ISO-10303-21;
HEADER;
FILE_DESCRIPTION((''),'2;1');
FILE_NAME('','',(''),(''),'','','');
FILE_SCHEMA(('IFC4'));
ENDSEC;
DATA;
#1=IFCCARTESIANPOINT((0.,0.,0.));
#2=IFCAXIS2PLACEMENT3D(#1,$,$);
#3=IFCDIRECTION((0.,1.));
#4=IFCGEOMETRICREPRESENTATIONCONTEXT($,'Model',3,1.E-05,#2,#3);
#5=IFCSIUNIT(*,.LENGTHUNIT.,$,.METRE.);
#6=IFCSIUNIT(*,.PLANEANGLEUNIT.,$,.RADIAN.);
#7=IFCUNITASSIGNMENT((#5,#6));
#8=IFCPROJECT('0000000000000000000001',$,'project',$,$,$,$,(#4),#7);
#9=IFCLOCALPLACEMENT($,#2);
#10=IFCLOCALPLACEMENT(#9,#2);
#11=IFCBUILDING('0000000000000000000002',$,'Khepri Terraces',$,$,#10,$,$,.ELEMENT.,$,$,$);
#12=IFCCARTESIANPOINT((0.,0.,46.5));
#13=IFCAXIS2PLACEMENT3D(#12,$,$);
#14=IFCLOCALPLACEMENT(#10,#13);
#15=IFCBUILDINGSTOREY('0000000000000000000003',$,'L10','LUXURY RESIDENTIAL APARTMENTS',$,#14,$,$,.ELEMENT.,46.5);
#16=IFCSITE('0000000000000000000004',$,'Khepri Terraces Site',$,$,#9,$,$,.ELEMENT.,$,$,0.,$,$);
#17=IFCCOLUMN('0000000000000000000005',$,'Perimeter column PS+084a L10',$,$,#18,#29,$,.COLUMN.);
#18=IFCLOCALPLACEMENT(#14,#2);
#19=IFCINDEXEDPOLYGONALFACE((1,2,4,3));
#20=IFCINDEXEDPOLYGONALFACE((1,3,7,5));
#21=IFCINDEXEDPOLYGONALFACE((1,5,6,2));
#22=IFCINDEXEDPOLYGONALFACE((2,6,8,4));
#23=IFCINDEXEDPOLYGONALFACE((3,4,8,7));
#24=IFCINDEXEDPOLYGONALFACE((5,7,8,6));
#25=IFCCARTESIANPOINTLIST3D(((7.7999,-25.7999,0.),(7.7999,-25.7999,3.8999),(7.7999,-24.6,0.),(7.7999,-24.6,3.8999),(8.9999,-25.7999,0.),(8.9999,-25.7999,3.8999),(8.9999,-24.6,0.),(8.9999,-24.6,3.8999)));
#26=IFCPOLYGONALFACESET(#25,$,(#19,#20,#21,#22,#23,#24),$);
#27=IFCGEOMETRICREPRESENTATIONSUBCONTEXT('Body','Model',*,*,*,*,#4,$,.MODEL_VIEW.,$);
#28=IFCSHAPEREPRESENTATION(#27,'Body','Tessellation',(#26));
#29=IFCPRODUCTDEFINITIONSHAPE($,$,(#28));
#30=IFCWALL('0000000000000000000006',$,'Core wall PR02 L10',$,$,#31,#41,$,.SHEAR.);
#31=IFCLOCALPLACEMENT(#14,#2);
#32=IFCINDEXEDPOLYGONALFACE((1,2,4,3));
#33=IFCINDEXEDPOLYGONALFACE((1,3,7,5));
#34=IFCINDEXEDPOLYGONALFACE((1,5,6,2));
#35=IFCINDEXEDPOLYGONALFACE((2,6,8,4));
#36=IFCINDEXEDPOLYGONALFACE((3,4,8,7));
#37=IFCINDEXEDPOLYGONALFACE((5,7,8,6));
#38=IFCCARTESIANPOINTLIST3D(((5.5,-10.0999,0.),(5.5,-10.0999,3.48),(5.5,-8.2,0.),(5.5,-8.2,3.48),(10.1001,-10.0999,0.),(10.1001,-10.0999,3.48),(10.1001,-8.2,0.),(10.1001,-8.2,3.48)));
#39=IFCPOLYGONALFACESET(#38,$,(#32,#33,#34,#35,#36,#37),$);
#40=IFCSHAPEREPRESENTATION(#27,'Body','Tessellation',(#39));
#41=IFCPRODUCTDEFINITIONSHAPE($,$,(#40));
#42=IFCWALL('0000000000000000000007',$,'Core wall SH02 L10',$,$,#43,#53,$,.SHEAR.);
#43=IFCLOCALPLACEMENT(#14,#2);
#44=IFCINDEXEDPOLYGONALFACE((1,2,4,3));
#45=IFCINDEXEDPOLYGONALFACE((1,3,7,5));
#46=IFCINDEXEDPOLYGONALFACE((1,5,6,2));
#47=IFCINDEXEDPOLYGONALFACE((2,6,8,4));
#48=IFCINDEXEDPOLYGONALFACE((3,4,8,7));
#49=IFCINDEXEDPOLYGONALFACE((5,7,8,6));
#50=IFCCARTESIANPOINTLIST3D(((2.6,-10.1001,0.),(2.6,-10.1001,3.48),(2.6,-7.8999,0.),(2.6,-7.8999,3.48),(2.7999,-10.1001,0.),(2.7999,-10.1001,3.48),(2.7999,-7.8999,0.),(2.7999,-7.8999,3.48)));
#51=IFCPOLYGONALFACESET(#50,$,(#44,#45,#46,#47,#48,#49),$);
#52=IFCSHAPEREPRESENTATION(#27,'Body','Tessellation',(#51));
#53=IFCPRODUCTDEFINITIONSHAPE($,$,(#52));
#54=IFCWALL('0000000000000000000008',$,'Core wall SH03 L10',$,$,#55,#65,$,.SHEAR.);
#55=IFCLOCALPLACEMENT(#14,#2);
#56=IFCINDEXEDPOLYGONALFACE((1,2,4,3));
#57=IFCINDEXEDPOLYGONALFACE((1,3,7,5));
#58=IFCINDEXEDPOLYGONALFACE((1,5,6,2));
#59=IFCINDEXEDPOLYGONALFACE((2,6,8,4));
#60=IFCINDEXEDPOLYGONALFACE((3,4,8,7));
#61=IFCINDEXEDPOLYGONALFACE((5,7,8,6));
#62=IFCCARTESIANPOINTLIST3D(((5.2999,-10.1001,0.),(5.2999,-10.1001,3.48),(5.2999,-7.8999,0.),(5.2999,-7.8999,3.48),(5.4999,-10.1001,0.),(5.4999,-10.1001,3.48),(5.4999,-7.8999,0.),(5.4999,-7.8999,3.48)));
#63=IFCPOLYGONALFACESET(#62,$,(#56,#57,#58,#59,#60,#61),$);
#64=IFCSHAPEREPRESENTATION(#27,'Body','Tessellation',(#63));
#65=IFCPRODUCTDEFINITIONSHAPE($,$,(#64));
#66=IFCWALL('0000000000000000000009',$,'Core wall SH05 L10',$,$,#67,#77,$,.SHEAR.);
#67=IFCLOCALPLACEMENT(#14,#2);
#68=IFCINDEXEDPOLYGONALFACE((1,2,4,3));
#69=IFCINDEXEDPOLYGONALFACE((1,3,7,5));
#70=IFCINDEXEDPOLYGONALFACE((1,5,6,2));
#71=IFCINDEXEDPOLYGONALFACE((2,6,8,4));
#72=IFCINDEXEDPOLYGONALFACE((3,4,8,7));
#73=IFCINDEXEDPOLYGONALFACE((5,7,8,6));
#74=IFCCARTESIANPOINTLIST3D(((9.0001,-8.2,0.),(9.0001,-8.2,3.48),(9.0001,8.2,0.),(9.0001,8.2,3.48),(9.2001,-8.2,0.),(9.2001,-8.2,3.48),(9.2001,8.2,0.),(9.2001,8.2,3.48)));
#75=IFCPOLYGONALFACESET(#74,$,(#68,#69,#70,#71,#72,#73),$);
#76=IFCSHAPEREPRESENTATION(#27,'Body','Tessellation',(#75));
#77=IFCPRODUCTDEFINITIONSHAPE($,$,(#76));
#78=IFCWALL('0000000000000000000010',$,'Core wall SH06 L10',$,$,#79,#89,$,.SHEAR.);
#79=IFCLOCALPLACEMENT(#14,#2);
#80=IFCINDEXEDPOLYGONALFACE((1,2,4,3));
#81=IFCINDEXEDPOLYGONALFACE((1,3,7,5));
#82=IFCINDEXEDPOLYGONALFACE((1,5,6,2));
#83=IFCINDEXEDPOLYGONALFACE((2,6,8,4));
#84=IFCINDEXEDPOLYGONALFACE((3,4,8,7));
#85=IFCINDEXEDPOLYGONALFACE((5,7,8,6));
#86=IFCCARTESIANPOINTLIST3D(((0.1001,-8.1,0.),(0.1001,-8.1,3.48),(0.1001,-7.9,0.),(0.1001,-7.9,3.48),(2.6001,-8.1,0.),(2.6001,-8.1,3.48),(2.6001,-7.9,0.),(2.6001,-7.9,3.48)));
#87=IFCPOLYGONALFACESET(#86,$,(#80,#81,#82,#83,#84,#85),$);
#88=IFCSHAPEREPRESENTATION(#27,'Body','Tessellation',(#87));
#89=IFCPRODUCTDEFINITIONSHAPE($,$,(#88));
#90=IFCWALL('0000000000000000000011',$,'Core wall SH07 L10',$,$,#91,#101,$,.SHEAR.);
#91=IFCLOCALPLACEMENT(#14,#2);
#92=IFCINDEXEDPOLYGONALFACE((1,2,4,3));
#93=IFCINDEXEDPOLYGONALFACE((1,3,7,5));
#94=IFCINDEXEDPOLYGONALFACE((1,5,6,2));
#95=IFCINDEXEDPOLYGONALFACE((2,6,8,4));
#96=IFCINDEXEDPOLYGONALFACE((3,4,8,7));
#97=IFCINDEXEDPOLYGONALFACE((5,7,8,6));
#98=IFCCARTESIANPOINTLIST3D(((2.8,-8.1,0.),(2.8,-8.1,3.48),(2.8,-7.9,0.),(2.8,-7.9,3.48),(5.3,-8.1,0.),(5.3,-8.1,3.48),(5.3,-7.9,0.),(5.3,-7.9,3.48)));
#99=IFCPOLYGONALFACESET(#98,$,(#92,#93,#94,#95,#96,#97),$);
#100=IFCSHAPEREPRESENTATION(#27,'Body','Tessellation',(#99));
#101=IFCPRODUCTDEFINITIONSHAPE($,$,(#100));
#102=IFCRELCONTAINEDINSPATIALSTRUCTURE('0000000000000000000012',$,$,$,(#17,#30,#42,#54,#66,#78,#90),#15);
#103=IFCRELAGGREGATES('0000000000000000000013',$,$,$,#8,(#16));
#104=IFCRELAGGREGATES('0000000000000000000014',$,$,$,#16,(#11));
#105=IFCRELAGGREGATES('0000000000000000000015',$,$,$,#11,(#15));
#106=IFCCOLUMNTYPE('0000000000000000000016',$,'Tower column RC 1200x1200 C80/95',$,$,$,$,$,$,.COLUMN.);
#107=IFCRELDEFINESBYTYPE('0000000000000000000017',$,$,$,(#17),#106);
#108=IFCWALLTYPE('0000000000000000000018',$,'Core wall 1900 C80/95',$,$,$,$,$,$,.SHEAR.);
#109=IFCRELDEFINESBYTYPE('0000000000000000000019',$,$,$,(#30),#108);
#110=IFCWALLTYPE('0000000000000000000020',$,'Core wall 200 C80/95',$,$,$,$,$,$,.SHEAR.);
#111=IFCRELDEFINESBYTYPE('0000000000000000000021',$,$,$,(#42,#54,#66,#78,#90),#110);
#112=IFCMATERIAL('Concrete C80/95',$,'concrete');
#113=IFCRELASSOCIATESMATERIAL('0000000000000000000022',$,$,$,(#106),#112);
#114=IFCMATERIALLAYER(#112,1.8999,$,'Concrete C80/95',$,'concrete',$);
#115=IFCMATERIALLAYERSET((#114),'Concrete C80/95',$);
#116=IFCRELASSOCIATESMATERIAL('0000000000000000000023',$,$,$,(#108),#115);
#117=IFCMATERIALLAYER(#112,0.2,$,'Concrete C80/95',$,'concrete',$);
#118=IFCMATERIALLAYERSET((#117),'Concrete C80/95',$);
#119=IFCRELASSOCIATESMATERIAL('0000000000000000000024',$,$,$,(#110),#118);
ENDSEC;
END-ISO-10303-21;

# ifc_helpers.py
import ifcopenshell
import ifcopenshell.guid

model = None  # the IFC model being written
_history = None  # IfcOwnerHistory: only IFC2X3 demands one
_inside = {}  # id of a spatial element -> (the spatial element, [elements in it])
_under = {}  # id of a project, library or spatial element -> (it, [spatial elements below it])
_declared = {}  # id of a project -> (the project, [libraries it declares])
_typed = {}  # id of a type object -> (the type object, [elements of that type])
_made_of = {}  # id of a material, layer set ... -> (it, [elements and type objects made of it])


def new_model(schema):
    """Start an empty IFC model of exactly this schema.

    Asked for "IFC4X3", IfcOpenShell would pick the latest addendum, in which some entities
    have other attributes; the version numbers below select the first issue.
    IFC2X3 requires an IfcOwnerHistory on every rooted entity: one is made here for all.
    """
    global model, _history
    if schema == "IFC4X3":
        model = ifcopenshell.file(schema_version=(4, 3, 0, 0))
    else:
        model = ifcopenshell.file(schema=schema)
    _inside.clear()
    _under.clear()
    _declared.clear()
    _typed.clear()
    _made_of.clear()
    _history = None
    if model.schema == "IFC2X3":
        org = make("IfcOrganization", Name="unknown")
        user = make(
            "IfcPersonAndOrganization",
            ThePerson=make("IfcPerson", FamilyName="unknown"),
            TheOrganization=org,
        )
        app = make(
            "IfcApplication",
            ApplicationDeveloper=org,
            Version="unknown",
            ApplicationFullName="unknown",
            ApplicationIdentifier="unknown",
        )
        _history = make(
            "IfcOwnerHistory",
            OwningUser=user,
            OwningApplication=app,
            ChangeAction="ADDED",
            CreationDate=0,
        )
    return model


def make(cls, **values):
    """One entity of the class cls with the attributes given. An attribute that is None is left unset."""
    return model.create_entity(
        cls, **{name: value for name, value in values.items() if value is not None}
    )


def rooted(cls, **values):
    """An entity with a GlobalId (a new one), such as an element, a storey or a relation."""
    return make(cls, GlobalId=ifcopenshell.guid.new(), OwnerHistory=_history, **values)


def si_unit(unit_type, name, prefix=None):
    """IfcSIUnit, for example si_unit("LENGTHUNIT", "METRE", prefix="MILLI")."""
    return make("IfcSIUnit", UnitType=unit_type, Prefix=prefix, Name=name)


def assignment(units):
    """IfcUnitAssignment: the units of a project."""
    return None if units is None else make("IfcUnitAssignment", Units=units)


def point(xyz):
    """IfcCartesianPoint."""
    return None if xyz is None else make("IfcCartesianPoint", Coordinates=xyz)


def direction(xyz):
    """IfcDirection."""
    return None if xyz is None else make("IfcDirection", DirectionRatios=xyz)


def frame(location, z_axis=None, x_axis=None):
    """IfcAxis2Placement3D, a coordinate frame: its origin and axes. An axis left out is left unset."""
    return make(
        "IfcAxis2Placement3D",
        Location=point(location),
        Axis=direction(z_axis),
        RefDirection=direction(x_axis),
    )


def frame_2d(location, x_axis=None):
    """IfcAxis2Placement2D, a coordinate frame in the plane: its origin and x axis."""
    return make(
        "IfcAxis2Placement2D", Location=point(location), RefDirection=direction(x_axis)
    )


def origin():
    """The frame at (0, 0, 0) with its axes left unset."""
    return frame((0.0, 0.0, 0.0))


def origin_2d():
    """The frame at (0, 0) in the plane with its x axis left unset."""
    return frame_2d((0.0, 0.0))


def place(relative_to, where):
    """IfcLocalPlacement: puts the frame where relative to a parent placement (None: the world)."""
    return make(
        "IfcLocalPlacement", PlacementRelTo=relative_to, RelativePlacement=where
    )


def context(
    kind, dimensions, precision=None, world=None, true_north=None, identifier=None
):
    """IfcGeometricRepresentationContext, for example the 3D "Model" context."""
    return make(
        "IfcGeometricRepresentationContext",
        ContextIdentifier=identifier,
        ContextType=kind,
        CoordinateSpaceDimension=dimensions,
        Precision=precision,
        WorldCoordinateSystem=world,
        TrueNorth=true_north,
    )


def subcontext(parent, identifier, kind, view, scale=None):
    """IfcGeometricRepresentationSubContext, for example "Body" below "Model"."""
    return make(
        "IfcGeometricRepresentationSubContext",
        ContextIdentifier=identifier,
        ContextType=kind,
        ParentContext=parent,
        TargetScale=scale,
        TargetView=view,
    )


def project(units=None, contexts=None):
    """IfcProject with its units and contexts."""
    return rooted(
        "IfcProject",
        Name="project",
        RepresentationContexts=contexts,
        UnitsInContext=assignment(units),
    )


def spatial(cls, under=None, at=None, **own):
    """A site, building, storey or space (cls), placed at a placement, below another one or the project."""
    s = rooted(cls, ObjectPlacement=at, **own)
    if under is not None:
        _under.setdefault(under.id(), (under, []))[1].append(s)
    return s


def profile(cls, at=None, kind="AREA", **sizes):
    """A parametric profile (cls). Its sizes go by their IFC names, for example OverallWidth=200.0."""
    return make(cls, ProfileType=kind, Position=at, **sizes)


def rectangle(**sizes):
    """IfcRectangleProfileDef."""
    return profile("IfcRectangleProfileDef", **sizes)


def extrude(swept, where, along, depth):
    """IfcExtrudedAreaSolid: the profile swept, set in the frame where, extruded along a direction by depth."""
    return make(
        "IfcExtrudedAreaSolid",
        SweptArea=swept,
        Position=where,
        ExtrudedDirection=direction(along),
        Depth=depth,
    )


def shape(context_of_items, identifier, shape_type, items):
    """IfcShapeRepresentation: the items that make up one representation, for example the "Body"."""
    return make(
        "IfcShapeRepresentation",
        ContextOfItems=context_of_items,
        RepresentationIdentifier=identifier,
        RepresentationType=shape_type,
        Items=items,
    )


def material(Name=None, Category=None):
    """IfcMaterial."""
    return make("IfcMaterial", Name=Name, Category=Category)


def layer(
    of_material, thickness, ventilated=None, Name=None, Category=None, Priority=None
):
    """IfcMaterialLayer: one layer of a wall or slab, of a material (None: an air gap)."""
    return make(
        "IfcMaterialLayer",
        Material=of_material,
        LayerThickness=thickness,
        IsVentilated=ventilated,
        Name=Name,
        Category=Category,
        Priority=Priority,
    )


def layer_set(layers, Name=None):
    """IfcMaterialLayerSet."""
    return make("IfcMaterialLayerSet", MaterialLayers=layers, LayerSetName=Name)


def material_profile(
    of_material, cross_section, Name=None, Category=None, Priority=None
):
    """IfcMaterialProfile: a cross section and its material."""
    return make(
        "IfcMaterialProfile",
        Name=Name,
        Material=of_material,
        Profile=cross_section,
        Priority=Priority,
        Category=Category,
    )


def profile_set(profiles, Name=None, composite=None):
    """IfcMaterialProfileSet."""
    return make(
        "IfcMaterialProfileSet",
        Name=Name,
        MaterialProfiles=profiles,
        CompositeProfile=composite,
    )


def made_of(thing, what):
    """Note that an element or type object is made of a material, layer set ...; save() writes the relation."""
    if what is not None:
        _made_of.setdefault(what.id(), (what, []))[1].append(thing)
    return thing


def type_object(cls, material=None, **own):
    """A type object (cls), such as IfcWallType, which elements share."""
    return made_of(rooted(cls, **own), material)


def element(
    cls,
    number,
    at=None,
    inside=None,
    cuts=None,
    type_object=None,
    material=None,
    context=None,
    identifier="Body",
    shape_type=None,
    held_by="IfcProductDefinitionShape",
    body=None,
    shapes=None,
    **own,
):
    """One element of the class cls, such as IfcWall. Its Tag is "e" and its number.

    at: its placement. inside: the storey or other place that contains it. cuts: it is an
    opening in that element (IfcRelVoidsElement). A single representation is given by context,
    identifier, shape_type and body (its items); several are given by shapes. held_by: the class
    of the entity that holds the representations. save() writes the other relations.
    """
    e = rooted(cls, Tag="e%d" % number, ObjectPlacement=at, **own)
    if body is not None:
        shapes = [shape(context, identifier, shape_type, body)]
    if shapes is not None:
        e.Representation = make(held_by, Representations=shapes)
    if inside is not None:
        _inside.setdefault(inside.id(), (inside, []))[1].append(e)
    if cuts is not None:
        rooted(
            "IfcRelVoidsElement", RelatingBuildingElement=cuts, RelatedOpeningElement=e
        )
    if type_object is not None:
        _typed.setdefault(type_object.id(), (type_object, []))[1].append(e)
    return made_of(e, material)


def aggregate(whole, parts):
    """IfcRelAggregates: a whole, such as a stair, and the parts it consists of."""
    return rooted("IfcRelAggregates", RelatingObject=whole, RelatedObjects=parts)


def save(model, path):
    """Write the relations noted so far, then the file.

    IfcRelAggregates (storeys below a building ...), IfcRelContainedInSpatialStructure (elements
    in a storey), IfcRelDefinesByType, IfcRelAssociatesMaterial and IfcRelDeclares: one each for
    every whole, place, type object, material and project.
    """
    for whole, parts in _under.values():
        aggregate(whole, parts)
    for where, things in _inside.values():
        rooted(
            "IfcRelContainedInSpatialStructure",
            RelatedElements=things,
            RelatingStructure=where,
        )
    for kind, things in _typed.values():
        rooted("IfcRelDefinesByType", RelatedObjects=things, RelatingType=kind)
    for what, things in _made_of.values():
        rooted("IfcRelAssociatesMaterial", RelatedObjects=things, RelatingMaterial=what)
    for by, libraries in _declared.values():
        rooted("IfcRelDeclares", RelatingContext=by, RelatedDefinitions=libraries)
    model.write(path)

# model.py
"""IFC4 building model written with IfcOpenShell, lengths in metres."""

from ifc_helpers import new_model, si_unit, direction, frame, frame_2d, origin, origin_2d, place, context, subcontext, project, spatial, rectangle, extrude, material, layer, layer_set, material_profile, profile_set, type_object, element, save


model = new_model("IFC4")

# Units and contexts
model_context = context("Model", 3, precision=1e-05, world=origin(), true_north=direction((0.0, 1.0)))
body_context = subcontext(model_context, "Body", "Model", "MODEL_VIEW")
ifc_project = project(units=[si_unit("LENGTHUNIT", "METRE"), si_unit("PLANEANGLEUNIT", "RADIAN")], contexts=[model_context])

# Site, building, storey
site_placement = place(None, origin())
site = spatial("IfcSite", under=ifc_project, at=site_placement, Name="Khepri Terraces Site", CompositionType="ELEMENT", RefElevation=0.0)
building_placement = place(site_placement, origin())
building = spatial("IfcBuilding", under=site, at=building_placement, Name="Khepri Terraces", CompositionType="ELEMENT")
storey_placement = place(building_placement, frame((0.0, 0.0, 46.5)))
storey = spatial("IfcBuildingStorey", under=building, at=storey_placement, Name="L10", Description="LUXURY RESIDENTIAL APARTMENTS", CompositionType="ELEMENT", Elevation=46.5)

# Column
ifc_material_1 = material(Name="Concrete C80/95", Category="concrete")
ifc_material_profile = material_profile(ifc_material_1, rectangle(XDim=1.2, YDim=1.2, at=origin_2d()), Name="Concrete C80/95", Category="concrete")
ifc_profile_set = profile_set([ifc_material_profile], Name="Concrete C80/95")
column_type = type_object("IfcColumnType", Name="Tower column RC 1200x1200 C80/95", PredefinedType="COLUMN", material=ifc_profile_set)
column_placement = place(storey_placement, frame((8.3999, -25.2, 0.0), z_axis=(0.0, 0.0, 1.0), x_axis=(1.0, 0.0, 0.0)))
element("IfcColumn", 1, at=column_placement, inside=storey, type_object=column_type, Name="Perimeter column PS+084a L10", PredefinedType="COLUMN", context=body_context, shape_type="SweptSolid", body=[
    extrude(rectangle(XDim=1.2, YDim=1.2, at=origin_2d()), origin(), (0.0, 0.0, 1.0), 3.8999),
])

# Walls
ifc_layer_1 = layer(ifc_material_1, 1.8999, Name="Concrete C80/95", Category="concrete")
ifc_layer_set_1 = layer_set([ifc_layer_1], Name="Concrete C80/95")
wall_type_1 = type_object("IfcWallType", Name="Core wall 1900 C80/95", PredefinedType="SHEAR", material=ifc_layer_set_1)
wall_1_placement = place(storey_placement, frame((5.5, -9.1499, 0.0), z_axis=(0.0, 0.0, 1.0), x_axis=(1.0, 0.0, 0.0)))
element("IfcWall", 2, at=wall_1_placement, inside=storey, type_object=wall_type_1, Name="Core wall PR02 L10", PredefinedType="SHEAR", context=body_context, shape_type="SweptSolid", body=[
    extrude(rectangle(XDim=4.6001, YDim=1.8999, at=frame_2d((2.3, 0.0))), origin(), (0.0, 0.0, 1.0), 3.48),
])
ifc_layer_2 = layer(ifc_material_1, 0.2, Name="Concrete C80/95", Category="concrete")
ifc_layer_set_2 = layer_set([ifc_layer_2], Name="Concrete C80/95")
wall_type_2 = type_object("IfcWallType", Name="Core wall 200 C80/95", PredefinedType="SHEAR", material=ifc_layer_set_2)
for number, where, z_axis, x_axis, name in (
    (3, (2.7, -10.1001, 0.0), (0.0, 0.0, 1.0), (0.0, 1.0, 0.0), "Core wall SH02 L10"),
    (4, (5.3999, -10.1001, 0.0), (0.0, 0.0, 1.0), (0.0, 1.0, 0.0), "Core wall SH03 L10"),
):
    element("IfcWall", number, at=place(storey_placement, frame(where, z_axis=z_axis, x_axis=x_axis)), inside=storey, type_object=wall_type_2, Name=name, PredefinedType="SHEAR", context=body_context, shape_type="SweptSolid", body=[
        extrude(rectangle(XDim=2.2002, YDim=0.2, at=frame_2d((1.1001, 0.0))), origin(), (0.0, 0.0, 1.0), 3.48),
    ])
wall_2_placement = place(storey_placement, frame((9.1001, -8.2, 0.0), z_axis=(0.0, 0.0, 1.0), x_axis=(0.0, 1.0, 0.0)))
element("IfcWall", 5, at=wall_2_placement, inside=storey, type_object=wall_type_2, Name="Core wall SH05 L10", PredefinedType="SHEAR", context=body_context, shape_type="SweptSolid", body=[
    extrude(rectangle(XDim=16.3999, YDim=0.2, at=frame_2d((8.2, 0.0))), origin(), (0.0, 0.0, 1.0), 3.48),
])
for number, where, z_axis, x_axis, name in (
    (6, (0.1001, -8.0, 0.0), (0.0, 0.0, 1.0), (1.0, 0.0, 0.0), "Core wall SH06 L10"),
    (7, (2.8, -8.0, 0.0), (0.0, 0.0, 1.0), (1.0, 0.0, 0.0), "Core wall SH07 L10"),
):
    element("IfcWall", number, at=place(storey_placement, frame(where, z_axis=z_axis, x_axis=x_axis)), inside=storey, type_object=wall_type_2, Name=name, PredefinedType="SHEAR", context=body_context, shape_type="SweptSolid", body=[
        extrude(rectangle(XDim=2.5, YDim=0.2, at=frame_2d((1.25, 0.0))), origin(), (0.0, 0.0, 1.0), 3.48),
    ])

save(model, "model.ifc")
